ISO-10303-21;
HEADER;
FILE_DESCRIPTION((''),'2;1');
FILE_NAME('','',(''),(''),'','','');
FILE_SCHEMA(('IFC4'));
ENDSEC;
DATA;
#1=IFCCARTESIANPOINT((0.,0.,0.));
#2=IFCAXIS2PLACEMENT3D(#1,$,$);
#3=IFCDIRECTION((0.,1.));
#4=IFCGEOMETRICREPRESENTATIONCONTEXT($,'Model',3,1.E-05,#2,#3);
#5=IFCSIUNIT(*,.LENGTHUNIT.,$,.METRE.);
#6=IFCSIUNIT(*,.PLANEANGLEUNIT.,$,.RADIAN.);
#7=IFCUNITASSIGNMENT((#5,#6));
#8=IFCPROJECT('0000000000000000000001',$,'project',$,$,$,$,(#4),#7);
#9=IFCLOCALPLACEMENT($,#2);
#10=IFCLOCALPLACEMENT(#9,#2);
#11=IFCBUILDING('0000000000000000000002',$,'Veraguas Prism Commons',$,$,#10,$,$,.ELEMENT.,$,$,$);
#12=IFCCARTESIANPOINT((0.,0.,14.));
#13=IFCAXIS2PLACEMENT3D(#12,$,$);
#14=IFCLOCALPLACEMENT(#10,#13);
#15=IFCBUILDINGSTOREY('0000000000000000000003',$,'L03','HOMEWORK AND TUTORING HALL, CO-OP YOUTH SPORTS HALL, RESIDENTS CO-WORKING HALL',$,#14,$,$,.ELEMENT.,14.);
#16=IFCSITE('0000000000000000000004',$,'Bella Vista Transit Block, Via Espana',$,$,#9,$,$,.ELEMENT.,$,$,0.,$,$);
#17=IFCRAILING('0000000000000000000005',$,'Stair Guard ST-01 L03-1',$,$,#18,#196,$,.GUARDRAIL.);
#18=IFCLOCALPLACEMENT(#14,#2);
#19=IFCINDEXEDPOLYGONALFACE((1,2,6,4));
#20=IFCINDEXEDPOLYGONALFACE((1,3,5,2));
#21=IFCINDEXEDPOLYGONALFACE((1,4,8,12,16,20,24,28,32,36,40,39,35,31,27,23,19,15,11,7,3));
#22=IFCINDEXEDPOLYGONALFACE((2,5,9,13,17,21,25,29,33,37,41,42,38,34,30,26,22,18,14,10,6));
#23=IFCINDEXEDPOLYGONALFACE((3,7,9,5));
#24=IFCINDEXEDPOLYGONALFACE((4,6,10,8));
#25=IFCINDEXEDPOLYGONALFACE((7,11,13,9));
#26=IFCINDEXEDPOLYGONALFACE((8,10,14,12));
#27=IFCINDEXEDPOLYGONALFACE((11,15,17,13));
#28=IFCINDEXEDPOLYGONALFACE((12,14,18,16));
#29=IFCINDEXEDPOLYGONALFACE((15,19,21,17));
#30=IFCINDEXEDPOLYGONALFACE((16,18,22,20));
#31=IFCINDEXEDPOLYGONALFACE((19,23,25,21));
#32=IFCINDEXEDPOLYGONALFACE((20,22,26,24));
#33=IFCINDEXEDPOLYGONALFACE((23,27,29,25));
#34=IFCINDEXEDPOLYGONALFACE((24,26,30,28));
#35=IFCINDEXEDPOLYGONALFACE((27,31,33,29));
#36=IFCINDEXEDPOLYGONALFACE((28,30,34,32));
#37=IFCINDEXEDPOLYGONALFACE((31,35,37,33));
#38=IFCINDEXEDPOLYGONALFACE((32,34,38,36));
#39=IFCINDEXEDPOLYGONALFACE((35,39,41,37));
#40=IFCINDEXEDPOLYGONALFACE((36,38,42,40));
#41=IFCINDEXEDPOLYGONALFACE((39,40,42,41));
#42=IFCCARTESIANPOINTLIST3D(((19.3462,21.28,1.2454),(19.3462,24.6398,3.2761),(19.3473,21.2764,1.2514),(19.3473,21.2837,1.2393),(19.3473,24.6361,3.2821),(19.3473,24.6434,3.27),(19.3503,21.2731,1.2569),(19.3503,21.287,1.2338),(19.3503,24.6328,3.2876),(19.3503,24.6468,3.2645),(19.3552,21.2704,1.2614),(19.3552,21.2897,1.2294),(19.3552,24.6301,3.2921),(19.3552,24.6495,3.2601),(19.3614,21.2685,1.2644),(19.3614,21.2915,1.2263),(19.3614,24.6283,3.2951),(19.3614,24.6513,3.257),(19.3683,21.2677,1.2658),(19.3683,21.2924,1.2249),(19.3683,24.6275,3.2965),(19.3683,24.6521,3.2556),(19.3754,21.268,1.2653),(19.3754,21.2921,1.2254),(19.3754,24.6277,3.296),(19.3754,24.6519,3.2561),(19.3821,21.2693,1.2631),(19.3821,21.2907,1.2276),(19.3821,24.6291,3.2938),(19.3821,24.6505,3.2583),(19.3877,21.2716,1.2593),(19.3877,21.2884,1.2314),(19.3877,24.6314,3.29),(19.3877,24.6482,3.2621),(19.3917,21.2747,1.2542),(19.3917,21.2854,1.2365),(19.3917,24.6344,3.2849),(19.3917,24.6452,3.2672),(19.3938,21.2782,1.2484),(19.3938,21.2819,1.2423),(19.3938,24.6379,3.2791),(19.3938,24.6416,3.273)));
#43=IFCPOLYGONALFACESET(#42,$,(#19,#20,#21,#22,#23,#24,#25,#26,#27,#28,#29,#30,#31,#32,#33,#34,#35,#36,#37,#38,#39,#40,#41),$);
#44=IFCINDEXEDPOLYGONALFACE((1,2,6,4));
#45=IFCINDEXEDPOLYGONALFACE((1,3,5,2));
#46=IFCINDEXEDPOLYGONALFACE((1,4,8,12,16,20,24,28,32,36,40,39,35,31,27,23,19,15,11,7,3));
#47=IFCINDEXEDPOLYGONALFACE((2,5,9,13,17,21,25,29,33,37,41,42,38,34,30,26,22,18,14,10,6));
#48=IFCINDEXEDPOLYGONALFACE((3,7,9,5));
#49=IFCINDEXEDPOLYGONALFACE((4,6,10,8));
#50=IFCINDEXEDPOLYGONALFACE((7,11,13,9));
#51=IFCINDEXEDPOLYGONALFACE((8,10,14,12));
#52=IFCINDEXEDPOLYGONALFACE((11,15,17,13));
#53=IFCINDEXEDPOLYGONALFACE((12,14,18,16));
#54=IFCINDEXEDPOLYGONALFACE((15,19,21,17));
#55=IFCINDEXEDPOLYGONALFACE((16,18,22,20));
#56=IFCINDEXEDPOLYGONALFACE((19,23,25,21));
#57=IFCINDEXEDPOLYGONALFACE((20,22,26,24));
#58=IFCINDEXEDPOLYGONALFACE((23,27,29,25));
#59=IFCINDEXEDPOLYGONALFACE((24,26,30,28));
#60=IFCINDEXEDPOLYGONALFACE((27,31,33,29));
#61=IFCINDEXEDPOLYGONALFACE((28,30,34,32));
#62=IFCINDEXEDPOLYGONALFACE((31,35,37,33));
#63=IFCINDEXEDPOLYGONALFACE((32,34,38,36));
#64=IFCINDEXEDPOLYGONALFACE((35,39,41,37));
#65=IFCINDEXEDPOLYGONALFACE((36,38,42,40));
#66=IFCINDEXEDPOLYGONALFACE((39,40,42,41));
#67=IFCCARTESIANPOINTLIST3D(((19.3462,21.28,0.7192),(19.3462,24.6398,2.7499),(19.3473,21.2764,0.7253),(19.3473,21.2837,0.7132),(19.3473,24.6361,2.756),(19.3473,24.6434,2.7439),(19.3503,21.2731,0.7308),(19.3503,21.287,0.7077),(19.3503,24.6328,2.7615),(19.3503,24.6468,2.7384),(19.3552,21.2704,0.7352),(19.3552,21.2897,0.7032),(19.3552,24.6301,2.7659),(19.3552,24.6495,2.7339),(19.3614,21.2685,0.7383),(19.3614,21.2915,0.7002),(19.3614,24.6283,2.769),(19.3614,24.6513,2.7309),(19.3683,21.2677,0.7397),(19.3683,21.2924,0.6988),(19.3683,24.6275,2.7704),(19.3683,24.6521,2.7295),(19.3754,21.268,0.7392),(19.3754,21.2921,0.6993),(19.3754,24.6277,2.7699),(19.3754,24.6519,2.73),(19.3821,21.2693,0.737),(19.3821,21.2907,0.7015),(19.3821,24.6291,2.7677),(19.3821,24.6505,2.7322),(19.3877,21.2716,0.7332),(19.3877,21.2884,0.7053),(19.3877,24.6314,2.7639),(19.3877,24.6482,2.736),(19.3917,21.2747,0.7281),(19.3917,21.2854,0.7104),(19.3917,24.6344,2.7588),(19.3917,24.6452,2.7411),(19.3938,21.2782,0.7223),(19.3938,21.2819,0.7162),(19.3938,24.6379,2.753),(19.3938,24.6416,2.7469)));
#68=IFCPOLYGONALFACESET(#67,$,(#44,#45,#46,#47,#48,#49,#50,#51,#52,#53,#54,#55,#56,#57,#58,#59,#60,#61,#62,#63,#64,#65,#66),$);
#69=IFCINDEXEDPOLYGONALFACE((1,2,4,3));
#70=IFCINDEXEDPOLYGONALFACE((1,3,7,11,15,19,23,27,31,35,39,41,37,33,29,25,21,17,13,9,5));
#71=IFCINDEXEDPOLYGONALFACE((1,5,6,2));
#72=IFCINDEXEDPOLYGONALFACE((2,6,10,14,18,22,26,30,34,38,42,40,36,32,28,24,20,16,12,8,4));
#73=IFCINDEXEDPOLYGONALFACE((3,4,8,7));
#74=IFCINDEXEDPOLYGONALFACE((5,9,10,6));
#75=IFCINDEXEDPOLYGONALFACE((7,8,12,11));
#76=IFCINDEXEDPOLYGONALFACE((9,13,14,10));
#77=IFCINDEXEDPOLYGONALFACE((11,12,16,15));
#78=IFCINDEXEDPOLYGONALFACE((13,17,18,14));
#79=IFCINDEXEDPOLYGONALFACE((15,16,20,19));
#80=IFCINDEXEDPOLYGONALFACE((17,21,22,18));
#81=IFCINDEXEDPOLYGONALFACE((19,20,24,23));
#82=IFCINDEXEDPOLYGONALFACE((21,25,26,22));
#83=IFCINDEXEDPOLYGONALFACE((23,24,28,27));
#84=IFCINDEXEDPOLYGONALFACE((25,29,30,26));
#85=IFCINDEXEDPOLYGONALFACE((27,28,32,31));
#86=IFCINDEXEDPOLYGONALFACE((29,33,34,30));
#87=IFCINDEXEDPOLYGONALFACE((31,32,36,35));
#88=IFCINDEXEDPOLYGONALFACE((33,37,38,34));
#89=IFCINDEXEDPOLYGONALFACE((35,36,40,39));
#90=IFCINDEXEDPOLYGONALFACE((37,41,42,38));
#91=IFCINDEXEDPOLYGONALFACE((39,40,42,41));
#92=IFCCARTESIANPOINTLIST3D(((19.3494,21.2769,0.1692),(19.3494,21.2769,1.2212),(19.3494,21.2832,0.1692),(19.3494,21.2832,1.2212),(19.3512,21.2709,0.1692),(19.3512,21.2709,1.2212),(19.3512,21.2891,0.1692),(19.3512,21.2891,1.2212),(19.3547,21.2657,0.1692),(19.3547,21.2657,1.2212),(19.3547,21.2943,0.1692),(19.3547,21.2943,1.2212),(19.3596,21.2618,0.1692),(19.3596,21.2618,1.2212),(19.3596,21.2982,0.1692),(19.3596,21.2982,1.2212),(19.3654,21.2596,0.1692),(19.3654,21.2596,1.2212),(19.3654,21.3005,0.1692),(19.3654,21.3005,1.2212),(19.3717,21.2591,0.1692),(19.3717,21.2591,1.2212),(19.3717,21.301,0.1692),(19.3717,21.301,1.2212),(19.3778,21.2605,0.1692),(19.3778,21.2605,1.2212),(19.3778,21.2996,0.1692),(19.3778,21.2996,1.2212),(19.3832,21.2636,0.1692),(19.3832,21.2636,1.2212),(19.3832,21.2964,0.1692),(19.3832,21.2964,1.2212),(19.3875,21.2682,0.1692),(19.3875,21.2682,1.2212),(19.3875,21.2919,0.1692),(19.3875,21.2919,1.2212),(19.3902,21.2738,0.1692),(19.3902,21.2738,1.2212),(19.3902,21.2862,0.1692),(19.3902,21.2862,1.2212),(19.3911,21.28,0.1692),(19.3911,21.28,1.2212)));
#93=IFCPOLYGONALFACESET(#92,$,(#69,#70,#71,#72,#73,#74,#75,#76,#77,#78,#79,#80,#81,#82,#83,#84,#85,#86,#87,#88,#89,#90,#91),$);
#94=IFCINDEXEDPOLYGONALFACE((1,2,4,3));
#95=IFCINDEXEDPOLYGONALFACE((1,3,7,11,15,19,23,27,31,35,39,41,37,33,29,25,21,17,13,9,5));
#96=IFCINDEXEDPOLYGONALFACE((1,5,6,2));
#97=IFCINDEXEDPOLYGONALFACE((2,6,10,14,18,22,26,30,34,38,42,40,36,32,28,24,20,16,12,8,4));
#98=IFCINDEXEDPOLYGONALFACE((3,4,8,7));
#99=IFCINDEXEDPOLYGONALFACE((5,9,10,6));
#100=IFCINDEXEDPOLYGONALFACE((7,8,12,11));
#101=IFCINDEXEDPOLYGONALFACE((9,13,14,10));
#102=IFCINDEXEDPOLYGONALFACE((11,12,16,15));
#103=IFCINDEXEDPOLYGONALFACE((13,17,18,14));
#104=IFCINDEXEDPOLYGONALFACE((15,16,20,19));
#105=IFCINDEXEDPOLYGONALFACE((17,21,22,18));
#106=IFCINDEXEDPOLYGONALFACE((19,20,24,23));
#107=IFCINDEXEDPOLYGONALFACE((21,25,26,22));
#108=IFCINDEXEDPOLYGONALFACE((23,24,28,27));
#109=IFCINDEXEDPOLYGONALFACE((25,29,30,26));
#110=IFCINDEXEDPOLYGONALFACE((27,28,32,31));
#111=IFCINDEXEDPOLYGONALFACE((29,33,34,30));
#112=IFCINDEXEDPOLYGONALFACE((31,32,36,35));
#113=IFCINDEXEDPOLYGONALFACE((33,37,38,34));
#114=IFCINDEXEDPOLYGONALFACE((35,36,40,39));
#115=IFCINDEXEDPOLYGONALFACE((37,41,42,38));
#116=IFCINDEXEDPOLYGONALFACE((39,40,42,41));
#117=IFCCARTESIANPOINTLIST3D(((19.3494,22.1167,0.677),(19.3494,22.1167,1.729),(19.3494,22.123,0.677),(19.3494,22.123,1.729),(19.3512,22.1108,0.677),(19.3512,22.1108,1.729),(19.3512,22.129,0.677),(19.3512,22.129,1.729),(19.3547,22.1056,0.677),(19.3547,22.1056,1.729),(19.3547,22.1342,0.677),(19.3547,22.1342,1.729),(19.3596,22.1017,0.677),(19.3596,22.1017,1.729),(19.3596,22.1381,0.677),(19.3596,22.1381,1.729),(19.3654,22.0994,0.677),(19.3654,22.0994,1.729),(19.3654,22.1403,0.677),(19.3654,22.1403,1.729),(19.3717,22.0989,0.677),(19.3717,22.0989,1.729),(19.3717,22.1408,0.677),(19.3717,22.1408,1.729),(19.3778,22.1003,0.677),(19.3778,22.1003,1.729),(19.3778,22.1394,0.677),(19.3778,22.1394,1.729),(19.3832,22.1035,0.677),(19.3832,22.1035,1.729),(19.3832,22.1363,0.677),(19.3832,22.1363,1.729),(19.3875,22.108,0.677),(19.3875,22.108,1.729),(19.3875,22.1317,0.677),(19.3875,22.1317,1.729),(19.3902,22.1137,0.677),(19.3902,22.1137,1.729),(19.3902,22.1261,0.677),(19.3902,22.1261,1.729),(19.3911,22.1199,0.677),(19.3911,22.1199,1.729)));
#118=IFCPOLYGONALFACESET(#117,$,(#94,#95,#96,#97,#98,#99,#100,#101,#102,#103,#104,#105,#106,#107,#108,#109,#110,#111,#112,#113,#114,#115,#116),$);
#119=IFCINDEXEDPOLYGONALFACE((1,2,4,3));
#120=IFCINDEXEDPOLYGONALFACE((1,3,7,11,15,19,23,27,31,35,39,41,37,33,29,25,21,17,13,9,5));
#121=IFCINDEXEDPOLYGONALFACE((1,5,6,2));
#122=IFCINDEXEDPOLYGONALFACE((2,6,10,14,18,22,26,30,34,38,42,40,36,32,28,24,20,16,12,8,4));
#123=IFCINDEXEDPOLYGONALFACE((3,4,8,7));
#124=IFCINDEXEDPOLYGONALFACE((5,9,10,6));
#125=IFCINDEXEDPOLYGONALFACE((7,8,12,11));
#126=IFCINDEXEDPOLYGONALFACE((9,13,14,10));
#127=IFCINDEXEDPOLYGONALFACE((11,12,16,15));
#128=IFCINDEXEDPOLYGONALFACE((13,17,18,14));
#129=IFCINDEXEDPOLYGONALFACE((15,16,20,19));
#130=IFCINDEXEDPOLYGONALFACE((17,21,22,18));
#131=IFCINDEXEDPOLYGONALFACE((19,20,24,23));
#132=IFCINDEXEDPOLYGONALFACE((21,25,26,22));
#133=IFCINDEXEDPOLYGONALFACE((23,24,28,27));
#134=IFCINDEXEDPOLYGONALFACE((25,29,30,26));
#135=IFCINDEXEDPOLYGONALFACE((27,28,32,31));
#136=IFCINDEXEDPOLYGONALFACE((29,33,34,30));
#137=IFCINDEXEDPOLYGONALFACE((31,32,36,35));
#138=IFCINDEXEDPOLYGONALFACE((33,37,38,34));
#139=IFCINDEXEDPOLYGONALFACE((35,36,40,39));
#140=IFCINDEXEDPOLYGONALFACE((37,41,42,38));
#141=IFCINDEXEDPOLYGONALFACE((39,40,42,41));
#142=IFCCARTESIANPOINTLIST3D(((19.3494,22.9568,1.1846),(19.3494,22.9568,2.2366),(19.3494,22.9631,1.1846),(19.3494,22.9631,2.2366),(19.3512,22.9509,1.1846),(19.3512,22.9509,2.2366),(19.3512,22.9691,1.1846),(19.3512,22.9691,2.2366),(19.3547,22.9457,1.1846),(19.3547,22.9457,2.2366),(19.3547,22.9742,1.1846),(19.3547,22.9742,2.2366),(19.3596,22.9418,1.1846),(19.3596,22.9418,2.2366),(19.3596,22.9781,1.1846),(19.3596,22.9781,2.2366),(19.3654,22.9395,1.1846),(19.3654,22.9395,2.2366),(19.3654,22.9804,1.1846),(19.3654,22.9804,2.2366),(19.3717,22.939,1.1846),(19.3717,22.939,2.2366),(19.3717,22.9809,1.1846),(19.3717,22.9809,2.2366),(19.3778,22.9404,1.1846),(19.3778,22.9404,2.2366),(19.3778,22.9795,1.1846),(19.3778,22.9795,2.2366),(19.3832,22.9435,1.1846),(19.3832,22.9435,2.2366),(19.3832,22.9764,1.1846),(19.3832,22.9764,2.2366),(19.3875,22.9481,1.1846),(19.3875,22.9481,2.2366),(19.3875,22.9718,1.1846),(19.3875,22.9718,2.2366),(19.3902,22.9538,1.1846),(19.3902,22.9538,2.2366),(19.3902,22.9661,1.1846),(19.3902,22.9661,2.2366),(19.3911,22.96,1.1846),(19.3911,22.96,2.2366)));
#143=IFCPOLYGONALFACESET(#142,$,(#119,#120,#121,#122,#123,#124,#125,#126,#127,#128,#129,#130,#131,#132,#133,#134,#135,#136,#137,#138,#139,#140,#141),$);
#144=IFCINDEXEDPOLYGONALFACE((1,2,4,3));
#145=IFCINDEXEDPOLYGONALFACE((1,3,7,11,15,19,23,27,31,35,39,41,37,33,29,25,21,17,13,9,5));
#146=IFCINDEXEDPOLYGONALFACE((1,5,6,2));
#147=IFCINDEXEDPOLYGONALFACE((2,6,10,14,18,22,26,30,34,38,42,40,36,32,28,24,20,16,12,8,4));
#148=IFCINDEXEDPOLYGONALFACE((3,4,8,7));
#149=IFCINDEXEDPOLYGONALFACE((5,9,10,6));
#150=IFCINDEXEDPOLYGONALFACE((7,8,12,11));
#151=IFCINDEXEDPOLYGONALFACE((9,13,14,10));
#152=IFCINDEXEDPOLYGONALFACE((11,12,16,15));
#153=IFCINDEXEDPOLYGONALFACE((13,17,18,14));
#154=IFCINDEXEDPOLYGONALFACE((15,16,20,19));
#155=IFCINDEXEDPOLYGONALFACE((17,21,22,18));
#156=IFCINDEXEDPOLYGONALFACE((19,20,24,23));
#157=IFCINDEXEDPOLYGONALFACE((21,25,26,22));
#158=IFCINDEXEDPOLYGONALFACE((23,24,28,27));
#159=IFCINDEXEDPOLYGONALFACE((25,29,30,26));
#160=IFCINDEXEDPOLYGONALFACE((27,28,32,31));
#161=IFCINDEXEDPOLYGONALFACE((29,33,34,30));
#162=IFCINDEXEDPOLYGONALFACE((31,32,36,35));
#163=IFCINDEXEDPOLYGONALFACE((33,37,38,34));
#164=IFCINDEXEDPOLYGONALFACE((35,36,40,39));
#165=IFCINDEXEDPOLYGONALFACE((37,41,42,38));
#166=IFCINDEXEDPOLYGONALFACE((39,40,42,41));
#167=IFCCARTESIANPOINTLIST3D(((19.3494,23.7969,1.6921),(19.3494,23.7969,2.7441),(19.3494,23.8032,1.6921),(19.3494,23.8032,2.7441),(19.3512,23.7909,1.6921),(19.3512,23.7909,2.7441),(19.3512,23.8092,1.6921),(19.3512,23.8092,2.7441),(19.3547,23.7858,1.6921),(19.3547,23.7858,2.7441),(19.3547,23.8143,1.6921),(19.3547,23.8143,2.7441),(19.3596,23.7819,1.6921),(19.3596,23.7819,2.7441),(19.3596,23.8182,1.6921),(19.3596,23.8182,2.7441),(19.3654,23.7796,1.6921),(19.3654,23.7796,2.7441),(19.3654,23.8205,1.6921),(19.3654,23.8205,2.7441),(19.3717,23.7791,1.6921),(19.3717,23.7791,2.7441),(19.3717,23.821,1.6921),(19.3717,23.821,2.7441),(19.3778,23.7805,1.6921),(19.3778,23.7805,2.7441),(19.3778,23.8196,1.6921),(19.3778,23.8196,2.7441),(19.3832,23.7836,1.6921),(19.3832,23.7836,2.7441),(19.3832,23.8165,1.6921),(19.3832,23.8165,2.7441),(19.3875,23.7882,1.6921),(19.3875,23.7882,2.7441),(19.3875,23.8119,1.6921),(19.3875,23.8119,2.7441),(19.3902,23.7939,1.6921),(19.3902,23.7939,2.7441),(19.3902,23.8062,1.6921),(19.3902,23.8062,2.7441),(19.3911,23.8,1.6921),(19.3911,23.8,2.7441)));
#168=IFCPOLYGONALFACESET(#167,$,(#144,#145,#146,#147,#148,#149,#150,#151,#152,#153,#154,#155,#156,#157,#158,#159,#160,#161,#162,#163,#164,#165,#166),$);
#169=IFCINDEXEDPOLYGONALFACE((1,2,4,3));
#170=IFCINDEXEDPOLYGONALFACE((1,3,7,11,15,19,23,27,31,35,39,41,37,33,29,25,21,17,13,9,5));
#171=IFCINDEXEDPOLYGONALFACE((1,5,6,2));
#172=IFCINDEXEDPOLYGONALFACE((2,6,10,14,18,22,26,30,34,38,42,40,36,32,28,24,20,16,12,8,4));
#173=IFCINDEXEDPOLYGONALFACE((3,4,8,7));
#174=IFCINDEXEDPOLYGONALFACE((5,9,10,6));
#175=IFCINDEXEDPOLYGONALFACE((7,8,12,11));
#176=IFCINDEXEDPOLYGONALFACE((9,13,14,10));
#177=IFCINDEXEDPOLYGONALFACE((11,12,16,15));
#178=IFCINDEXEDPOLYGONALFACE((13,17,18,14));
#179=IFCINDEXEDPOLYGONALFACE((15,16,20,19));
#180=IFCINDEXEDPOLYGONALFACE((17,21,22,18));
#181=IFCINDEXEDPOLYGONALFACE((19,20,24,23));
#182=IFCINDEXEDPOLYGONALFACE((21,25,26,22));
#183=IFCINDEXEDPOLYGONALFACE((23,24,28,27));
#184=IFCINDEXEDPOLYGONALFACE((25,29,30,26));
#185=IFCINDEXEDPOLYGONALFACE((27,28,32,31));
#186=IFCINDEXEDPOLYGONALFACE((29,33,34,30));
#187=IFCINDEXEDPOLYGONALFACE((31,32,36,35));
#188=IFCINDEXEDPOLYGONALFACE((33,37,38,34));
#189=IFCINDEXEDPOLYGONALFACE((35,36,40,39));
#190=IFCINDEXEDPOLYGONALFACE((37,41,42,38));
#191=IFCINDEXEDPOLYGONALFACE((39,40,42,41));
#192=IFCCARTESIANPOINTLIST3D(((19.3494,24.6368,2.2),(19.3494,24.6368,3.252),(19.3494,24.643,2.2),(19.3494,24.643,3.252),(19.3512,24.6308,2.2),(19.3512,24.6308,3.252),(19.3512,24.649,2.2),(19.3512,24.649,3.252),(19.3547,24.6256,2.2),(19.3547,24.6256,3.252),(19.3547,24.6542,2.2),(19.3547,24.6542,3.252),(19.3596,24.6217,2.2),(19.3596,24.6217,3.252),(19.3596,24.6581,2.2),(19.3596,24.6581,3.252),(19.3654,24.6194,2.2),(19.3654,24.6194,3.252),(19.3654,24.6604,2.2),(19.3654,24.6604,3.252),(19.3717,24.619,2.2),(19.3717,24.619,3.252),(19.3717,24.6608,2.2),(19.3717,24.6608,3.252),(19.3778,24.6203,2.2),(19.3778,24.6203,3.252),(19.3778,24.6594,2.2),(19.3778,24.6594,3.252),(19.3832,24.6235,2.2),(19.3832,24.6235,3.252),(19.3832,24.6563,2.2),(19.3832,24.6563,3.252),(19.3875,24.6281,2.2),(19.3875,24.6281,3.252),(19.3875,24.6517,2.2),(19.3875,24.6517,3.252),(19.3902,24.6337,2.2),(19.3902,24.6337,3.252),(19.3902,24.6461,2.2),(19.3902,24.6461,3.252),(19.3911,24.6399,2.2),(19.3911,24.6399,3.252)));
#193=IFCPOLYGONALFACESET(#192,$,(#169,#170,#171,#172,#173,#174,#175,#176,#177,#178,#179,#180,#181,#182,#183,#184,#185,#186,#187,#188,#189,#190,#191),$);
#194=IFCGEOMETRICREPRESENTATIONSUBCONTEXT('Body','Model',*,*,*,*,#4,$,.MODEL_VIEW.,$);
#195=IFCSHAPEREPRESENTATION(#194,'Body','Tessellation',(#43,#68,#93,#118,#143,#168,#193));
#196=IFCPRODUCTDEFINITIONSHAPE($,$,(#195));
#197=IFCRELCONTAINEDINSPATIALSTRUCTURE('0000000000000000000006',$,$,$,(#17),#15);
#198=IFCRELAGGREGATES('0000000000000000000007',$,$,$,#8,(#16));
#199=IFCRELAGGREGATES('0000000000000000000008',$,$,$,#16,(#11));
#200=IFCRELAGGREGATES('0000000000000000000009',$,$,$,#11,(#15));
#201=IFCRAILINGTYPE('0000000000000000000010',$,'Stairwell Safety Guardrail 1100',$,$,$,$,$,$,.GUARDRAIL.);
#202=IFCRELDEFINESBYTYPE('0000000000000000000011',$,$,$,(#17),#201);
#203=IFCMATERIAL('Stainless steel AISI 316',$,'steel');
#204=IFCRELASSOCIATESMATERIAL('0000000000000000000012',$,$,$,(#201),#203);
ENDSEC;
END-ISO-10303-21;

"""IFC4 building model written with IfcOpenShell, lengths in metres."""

from ifc_helpers import new_model, si_unit, direction, frame, origin, origin_2d, place, context, subcontext, project, spatial, circle, extrude, material, type_object, element, save


model = new_model("IFC4")

# Units and contexts
model_context = context("Model", 3, precision=1e-05, world=origin(), true_north=direction((0.0, 1.0)))
body_context = subcontext(model_context, "Body", "Model", "MODEL_VIEW")
ifc_project = project(units=[si_unit("LENGTHUNIT", "METRE"), si_unit("PLANEANGLEUNIT", "RADIAN")], contexts=[model_context])

# Site, building, storey
site_placement = place(None, origin())
site = spatial("IfcSite", under=ifc_project, at=site_placement, Name="Bella Vista Transit Block, Via Espana", CompositionType="ELEMENT", RefElevation=0.0)
building_placement = place(site_placement, origin())
building = spatial("IfcBuilding", under=site, at=building_placement, Name="Veraguas Prism Commons", CompositionType="ELEMENT")
storey_placement = place(building_placement, frame((0.0, 0.0, 14.0)))
storey = spatial("IfcBuildingStorey", under=building, at=storey_placement, Name="L03", Description="HOMEWORK AND TUTORING HALL, CO-OP YOUTH SPORTS HALL, RESIDENTS CO-WORKING HALL", CompositionType="ELEMENT", Elevation=14.0)

# Shared definitions
ifc_material_1 = material(Name="Stainless steel AISI 316", Category="steel")

# Railing
railing_type_1 = type_object("IfcRailingType", Name="Stairwell Safety Guardrail 1100", PredefinedType="GUARDRAIL", material=ifc_material_1)
railing_1_placement = place(storey_placement, frame((19.3701, 21.28, 0.1692)))
element("IfcRailing", 1, at=railing_1_placement, inside=storey, type_object=railing_type_1, Name="Stair Guard ST-01 L03-1", PredefinedType="GUARDRAIL", context=body_context, shape_type="SweptSolid", body=[
    extrude(circle(Radius=0.0239, at=origin_2d()), frame((0.0, 0.0, 1.0762), z_axis=(0.0, 0.85582, 0.517273), x_axis=(-1.0, 0.0, 0.0)), (0.0, 0.0, 1.0), 3.9258),
    extrude(circle(Radius=0.0239, at=origin_2d()), frame((0.0, 0.0, 0.55), z_axis=(0.0, 0.85582, 0.517273), x_axis=(-1.0, 0.0, 0.0)), (0.0, 0.0, 1.0), 3.9258),
    extrude(circle(Radius=0.021, at=origin_2d()), origin(), (0.0, 0.0, 1.0), 1.052),
    extrude(circle(Radius=0.021, at=origin_2d()), frame((0.0, 0.8398, 0.5078)), (0.0, 0.0, 1.0), 1.052),
    extrude(circle(Radius=0.021, at=origin_2d()), frame((0.0, 1.6799, 1.0154)), (0.0, 0.0, 1.0), 1.052),
    extrude(circle(Radius=0.021, at=origin_2d()), frame((0.0, 2.52, 1.5229)), (0.0, 0.0, 1.0), 1.052),
    extrude(circle(Radius=0.021, at=origin_2d()), frame((0.0, 3.3599, 2.0308)), (0.0, 0.0, 1.0), 1.052),
])

save(model, "model.ifc")
